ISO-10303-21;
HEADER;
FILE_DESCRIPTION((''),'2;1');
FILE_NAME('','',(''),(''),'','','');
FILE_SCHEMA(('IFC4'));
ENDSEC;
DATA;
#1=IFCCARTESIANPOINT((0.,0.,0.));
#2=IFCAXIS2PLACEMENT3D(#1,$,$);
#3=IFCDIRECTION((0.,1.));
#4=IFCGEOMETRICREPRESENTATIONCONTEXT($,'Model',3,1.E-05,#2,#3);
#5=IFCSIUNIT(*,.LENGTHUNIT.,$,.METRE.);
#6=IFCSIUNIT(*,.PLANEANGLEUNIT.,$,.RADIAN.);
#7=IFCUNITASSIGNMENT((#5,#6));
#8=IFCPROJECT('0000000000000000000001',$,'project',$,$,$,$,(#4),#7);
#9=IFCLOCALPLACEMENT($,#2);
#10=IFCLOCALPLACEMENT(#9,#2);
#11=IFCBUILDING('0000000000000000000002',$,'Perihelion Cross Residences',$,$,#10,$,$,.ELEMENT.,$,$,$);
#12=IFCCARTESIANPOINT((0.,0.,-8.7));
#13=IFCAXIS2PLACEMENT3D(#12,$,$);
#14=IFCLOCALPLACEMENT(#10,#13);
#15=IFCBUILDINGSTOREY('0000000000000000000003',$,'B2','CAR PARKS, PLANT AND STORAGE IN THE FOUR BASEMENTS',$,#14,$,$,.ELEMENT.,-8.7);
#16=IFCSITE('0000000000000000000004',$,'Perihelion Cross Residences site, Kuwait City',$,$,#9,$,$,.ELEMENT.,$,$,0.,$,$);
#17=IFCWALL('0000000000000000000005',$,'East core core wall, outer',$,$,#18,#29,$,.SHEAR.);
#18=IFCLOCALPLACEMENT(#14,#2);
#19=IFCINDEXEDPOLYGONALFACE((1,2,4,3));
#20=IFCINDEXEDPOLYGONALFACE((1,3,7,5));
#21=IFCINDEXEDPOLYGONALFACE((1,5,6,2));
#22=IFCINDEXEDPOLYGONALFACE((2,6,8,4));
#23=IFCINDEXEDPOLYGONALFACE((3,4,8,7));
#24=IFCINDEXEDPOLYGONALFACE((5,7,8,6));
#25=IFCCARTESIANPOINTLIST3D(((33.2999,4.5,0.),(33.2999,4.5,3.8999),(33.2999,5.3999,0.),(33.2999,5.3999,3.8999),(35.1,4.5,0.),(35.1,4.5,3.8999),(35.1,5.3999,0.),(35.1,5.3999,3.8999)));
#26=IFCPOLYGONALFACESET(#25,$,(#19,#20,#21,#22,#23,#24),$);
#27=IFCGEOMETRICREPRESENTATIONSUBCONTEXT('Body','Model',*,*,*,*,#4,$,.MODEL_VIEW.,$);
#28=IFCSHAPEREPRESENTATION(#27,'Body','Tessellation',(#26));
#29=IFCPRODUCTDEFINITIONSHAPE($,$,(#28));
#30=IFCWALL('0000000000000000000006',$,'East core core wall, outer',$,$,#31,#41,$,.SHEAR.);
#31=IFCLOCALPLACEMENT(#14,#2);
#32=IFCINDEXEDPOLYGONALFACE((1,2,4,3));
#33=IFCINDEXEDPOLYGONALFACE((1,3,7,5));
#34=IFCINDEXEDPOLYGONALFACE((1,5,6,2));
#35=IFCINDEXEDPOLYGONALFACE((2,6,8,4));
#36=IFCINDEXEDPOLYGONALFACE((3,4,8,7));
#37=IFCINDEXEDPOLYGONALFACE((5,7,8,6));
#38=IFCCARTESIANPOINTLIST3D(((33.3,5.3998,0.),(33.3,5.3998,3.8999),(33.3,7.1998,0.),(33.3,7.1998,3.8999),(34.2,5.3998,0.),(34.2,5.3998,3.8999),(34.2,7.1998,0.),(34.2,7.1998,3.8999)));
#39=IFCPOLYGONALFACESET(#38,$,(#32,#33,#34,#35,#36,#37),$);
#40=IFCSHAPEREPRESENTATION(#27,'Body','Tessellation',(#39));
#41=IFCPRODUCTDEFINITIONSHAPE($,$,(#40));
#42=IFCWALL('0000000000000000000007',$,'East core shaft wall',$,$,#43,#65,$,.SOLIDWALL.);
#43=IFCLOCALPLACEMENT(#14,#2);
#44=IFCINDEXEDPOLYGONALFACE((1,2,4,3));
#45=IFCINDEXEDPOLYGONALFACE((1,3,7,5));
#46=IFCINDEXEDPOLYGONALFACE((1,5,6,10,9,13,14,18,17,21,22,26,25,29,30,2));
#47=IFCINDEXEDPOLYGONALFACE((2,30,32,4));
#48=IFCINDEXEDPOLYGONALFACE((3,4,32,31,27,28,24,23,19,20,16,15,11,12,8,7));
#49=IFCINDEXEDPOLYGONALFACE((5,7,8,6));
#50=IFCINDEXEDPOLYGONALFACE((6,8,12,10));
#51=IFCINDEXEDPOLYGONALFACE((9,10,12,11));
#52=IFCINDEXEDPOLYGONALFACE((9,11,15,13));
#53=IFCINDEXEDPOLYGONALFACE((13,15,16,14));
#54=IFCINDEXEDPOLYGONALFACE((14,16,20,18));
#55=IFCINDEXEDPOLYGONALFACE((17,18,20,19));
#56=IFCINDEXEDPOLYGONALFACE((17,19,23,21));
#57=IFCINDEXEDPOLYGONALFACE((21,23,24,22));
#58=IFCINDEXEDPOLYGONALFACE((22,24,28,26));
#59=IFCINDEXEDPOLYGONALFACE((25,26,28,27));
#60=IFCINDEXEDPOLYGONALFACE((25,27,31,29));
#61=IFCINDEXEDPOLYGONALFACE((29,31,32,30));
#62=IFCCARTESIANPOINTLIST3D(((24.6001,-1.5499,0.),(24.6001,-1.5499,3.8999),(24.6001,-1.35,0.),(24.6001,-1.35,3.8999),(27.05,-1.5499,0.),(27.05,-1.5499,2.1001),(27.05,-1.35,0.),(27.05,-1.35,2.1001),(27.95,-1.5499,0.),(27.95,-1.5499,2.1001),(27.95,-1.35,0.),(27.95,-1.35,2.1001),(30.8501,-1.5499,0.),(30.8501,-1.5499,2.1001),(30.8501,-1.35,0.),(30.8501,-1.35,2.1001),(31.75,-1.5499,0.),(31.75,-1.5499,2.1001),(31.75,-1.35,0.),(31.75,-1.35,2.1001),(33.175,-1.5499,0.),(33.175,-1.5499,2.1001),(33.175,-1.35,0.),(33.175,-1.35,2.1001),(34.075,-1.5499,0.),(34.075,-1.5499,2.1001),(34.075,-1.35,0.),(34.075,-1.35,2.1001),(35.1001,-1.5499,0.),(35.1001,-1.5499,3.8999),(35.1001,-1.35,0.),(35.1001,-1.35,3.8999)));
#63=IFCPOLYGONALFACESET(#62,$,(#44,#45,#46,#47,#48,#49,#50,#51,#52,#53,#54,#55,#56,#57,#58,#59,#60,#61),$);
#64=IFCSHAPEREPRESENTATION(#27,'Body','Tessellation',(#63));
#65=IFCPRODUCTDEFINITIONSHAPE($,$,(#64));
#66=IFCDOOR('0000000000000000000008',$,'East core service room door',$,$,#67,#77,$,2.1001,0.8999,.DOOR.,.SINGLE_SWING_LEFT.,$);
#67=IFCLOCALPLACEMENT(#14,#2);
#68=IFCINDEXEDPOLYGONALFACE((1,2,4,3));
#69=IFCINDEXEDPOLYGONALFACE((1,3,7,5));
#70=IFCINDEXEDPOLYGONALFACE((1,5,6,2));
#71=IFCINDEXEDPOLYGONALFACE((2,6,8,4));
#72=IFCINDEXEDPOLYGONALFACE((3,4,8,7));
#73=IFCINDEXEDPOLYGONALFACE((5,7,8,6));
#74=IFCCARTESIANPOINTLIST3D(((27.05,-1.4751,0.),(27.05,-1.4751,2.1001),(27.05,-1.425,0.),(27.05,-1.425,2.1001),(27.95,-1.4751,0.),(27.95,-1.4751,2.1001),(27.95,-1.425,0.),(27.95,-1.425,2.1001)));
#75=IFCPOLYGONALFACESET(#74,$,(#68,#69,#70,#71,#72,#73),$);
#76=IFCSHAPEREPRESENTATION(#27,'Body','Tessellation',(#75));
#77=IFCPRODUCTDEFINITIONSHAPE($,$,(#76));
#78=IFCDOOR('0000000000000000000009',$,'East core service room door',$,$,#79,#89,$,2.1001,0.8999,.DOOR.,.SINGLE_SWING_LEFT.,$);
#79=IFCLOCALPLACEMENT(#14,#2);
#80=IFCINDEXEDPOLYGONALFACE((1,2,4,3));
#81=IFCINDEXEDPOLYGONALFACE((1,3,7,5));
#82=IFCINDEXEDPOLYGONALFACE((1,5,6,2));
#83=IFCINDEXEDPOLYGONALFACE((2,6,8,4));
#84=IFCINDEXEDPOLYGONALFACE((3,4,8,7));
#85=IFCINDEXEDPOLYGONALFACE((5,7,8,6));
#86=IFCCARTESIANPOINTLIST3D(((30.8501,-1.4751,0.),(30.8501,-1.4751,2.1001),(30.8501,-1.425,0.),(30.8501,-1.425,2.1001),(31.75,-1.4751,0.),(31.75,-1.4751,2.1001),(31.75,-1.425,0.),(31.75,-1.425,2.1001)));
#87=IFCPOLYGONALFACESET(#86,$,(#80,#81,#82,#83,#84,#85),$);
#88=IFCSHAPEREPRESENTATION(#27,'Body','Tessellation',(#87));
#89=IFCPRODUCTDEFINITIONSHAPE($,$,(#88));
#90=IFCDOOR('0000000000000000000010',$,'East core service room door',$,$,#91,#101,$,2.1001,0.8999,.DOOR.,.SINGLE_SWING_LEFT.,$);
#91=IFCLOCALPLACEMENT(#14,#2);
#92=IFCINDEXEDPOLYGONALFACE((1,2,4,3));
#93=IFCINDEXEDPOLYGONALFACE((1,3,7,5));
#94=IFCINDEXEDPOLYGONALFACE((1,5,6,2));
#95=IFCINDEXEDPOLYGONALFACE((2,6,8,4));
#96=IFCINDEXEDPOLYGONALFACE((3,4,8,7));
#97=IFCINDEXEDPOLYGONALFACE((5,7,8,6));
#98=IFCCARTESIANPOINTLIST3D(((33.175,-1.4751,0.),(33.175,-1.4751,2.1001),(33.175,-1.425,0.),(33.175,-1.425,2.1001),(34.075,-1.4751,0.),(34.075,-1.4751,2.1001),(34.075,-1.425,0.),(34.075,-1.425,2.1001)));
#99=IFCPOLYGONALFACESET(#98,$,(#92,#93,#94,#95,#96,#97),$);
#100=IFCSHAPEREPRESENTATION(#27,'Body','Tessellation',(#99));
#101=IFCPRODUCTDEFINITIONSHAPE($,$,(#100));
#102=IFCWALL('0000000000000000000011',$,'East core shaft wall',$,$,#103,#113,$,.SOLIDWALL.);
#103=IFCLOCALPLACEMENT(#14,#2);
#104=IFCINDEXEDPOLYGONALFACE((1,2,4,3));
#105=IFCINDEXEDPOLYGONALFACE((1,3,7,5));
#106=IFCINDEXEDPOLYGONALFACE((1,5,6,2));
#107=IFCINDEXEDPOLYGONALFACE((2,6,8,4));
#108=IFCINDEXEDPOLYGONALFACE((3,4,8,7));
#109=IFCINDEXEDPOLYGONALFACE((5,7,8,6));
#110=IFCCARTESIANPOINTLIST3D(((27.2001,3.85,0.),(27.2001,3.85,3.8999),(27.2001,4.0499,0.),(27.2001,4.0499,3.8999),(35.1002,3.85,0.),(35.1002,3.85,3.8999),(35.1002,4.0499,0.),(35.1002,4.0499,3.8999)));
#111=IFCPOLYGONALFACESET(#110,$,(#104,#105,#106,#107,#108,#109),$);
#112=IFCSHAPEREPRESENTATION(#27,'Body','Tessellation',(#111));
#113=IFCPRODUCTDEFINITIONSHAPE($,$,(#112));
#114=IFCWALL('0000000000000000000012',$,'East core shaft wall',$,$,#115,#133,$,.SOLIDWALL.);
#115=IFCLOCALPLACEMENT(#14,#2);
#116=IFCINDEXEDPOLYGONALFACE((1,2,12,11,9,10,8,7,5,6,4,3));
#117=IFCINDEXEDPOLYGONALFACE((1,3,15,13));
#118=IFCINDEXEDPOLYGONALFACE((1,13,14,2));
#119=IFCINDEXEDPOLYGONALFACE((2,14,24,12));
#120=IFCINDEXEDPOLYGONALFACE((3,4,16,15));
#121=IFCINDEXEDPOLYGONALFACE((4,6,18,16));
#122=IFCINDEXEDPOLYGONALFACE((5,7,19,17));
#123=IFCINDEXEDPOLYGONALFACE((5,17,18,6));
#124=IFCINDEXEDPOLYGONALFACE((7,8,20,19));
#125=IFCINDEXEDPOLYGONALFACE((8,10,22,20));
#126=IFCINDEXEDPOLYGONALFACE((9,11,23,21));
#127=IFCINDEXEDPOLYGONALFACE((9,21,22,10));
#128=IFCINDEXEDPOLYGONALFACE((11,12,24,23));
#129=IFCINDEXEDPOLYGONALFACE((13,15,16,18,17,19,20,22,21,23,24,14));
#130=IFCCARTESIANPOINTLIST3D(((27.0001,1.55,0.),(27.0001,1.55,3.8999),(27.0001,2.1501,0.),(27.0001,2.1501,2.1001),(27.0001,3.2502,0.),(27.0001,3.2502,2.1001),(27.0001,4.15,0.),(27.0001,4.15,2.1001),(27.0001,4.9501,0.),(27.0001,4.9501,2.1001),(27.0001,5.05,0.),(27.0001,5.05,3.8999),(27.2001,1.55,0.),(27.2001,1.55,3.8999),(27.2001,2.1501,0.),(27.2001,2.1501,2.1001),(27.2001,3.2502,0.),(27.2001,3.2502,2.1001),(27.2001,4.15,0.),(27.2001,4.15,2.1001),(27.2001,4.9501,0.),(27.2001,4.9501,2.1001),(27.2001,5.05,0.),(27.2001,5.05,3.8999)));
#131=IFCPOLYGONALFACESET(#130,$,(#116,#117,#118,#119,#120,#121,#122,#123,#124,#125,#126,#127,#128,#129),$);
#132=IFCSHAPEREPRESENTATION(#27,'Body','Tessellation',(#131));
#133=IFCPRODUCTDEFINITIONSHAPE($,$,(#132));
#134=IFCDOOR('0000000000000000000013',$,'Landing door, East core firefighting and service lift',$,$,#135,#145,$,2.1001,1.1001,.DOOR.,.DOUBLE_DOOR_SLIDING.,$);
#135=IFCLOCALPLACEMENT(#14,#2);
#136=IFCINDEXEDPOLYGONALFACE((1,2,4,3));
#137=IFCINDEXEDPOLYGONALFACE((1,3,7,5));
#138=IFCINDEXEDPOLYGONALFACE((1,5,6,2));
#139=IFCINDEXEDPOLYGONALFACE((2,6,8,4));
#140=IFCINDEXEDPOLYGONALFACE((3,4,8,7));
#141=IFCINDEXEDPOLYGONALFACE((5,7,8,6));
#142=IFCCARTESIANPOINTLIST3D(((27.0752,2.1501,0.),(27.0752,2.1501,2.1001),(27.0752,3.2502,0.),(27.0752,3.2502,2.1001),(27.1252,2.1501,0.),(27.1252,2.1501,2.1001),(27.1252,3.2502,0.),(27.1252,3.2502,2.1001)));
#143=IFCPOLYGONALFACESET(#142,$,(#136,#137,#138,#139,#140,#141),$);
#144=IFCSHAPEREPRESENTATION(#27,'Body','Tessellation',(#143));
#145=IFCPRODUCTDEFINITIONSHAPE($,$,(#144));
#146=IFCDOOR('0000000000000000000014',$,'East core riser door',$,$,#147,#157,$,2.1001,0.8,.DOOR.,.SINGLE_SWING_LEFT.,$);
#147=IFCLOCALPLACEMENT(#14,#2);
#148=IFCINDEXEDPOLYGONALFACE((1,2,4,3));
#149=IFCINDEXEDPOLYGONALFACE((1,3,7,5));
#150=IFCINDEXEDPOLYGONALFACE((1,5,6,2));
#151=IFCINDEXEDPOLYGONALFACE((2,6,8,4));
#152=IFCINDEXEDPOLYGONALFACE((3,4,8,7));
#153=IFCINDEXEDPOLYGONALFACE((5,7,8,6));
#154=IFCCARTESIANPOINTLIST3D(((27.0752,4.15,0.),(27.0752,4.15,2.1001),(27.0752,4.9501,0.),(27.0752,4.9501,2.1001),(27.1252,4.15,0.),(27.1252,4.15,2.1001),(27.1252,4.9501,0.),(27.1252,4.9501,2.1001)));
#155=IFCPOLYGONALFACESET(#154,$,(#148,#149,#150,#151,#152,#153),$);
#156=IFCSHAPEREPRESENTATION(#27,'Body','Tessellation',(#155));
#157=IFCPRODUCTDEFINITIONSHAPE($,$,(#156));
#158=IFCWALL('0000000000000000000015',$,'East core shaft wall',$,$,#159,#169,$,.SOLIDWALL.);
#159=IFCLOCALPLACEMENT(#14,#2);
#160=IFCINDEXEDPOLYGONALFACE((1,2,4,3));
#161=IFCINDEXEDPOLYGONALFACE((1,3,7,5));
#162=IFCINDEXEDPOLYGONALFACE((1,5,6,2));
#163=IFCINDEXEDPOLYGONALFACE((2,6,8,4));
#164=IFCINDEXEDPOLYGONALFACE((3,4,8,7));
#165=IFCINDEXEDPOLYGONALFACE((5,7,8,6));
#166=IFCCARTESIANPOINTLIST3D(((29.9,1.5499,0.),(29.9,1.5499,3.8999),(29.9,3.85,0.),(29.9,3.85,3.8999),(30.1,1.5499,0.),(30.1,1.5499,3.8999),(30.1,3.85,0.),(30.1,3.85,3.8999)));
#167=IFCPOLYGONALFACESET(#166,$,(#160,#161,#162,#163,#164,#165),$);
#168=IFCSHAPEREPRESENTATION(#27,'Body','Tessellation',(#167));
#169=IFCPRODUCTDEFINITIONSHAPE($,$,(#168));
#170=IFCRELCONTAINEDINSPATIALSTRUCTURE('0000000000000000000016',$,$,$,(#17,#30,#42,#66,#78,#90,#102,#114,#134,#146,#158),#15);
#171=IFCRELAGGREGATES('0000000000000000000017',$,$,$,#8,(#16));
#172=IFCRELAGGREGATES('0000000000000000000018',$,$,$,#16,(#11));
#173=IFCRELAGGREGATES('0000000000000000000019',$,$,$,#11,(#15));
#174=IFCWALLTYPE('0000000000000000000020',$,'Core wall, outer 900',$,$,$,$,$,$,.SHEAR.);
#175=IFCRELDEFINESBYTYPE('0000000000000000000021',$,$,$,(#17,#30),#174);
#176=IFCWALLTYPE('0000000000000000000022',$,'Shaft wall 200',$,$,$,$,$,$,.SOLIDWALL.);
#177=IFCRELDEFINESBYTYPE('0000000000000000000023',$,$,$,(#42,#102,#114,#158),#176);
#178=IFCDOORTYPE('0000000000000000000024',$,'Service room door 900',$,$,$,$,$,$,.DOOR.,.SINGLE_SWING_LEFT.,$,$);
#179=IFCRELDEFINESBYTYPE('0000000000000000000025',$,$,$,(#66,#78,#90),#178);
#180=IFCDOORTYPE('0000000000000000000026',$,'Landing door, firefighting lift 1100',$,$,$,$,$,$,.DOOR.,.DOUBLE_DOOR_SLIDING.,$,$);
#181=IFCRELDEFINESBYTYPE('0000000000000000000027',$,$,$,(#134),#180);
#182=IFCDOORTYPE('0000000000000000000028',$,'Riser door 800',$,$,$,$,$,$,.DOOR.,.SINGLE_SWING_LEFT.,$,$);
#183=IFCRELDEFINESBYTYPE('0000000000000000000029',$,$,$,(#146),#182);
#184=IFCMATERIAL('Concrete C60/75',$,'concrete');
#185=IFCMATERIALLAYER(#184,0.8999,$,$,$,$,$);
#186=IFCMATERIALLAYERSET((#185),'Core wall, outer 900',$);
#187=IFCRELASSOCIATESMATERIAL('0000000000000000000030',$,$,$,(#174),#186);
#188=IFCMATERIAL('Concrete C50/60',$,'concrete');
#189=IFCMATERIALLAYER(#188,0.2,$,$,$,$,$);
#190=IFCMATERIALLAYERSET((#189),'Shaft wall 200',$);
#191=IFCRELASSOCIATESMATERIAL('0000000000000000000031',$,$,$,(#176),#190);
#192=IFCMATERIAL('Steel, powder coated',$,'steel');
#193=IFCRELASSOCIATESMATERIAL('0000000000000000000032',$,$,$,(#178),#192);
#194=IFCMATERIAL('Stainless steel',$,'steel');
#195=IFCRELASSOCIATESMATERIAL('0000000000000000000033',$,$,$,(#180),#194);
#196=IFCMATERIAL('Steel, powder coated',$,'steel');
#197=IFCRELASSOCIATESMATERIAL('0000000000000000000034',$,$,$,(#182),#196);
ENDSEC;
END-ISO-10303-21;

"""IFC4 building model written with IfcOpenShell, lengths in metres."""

from ifc_helpers import new_model, si_unit, direction, frame, frame_2d, origin, place, context, subcontext, project, spatial, rectangle, extrude, material, layer, layer_set, type_object, element, fill, save


model = new_model("IFC4")

# Units and contexts
model_context = context("Model", 3, precision=1e-05, world=origin(), true_north=direction((0.0, 1.0)))
body_context = subcontext(model_context, "Body", "Model", "MODEL_VIEW")
ifc_project = project(units=[si_unit("LENGTHUNIT", "METRE"), si_unit("PLANEANGLEUNIT", "RADIAN")], contexts=[model_context])

# Site, building, storey
site_placement = place(None, origin())
site = spatial("IfcSite", under=ifc_project, at=site_placement, Name="Perihelion Cross Residences site, Kuwait City", CompositionType="ELEMENT", RefElevation=0.0)
building_placement = place(site_placement, origin())
building = spatial("IfcBuilding", under=site, at=building_placement, Name="Perihelion Cross Residences", CompositionType="ELEMENT")
storey_placement = place(building_placement, frame((0.0, 0.0, -8.7)))
storey = spatial("IfcBuildingStorey", under=building, at=storey_placement, Name="B2", Description="CAR PARKS, PLANT AND STORAGE IN THE FOUR BASEMENTS", CompositionType="ELEMENT", Elevation=-8.7)

# Walls
ifc_material_1 = material(Name="Concrete C60/75", Category="concrete")
ifc_layer_1 = layer(ifc_material_1, 0.8999)
ifc_layer_set_1 = layer_set([ifc_layer_1], Name="Core wall, outer 900")
wall_type_1 = type_object("IfcWallType", Name="Core wall, outer 900", PredefinedType="SHEAR", material=ifc_layer_set_1)
for number, where, z_axis, x_axis, name in (
    (1, (33.3, 4.95, 0.0), (0.0, 0.0, 1.0), (1.0, 0.0, 0.0), "East core core wall, outer"),
    (2, (33.75, 5.3999, 0.0), (0.0, 0.0, 1.0), (0.0, 1.0, 0.0), "East core core wall, outer"),
):
    element("IfcWall", number, at=place(storey_placement, frame(where, z_axis=z_axis, x_axis=x_axis)), inside=storey, type_object=wall_type_1, Name=name, PredefinedType="SHEAR", context=body_context, shape_type="SweptSolid", body=[
        extrude(rectangle(XDim=1.8, YDim=0.8999, at=frame_2d((0.8999, 0.0))), origin(), (0.0, 0.0, 1.0), 3.8999),
    ])

# Wall, openings, doors
ifc_material_2 = material(Name="Concrete C50/60", Category="concrete")
ifc_layer_2 = layer(ifc_material_2, 0.2)
ifc_layer_set_2 = layer_set([ifc_layer_2], Name="Shaft wall 200")
wall_type_2 = type_object("IfcWallType", Name="Shaft wall 200", PredefinedType="SOLIDWALL", material=ifc_layer_set_2)
wall_1_placement = place(storey_placement, frame((24.6001, -1.45, 0.0), z_axis=(0.0, 0.0, 1.0), x_axis=(1.0, 0.0, 0.0)))
wall_1 = element("IfcWall", 3, at=wall_1_placement, inside=storey, type_object=wall_type_2, Name="East core shaft wall", PredefinedType="SOLIDWALL", context=body_context, shape_type="SweptSolid", body=[
    extrude(rectangle(XDim=10.5, YDim=0.2, at=frame_2d((5.25, 0.0))), origin(), (0.0, 0.0, 1.0), 3.8999),
])
opening_1_placement = place(wall_1_placement, frame((2.45, 0.0, 0.0)))
opening_1 = element("IfcOpeningElement", 4, at=opening_1_placement, cuts=wall_1, PredefinedType="OPENING", context=body_context, shape_type="SweptSolid", body=[
    extrude(rectangle(XDim=0.8999, YDim=2.1001, at=frame_2d((0.45, 1.05))), frame((0.0, 0.1099, 0.0), z_axis=(0.0, -1.0, 0.0), x_axis=(1.0, 0.0, 0.0)), (0.0, 0.0, 1.0), 0.22),
])
opening_2_placement = place(wall_1_placement, frame((6.25, 0.0, 0.0)))
opening_2 = element("IfcOpeningElement", 5, at=opening_2_placement, cuts=wall_1, PredefinedType="OPENING", context=body_context, shape_type="SweptSolid", body=[
    extrude(rectangle(XDim=0.8999, YDim=2.1001, at=frame_2d((0.45, 1.05))), frame((0.0, 0.1099, 0.0), z_axis=(0.0, -1.0, 0.0), x_axis=(1.0, 0.0, 0.0)), (0.0, 0.0, 1.0), 0.22),
])
opening_3_placement = place(wall_1_placement, frame((8.575, 0.0, 0.0)))
opening_3 = element("IfcOpeningElement", 6, at=opening_3_placement, cuts=wall_1, PredefinedType="OPENING", context=body_context, shape_type="SweptSolid", body=[
    extrude(rectangle(XDim=0.8999, YDim=2.1001, at=frame_2d((0.45, 1.05))), frame((0.0, 0.1099, 0.0), z_axis=(0.0, -1.0, 0.0), x_axis=(1.0, 0.0, 0.0)), (0.0, 0.0, 1.0), 0.22),
])
ifc_material_3 = material(Name="Steel, powder coated", Category="steel")
door_type_1 = type_object("IfcDoorType", Name="Service room door 900", OperationType="SINGLE_SWING_LEFT", PredefinedType="DOOR", material=ifc_material_3)
door_1_placement = place(opening_1_placement, origin())
door_1 = element("IfcDoor", 7, at=door_1_placement, inside=storey, type_object=door_type_1, Name="East core service room door", OperationType="SINGLE_SWING_LEFT", OverallHeight=2.1001, OverallWidth=0.8999, PredefinedType="DOOR", context=body_context, shape_type="SweptSolid", body=[
    extrude(rectangle(XDim=0.8999, YDim=2.1001, at=frame_2d((0.45, 1.05))), frame((0.0, 0.0249, 0.0), z_axis=(0.0, -1.0, 0.0), x_axis=(1.0, 0.0, 0.0)), (0.0, 0.0, 1.0), 0.05),
])
fill(opening_1, door_1)
door_2_placement = place(opening_2_placement, origin())
door_2 = element("IfcDoor", 8, at=door_2_placement, inside=storey, type_object=door_type_1, Name="East core service room door", OperationType="SINGLE_SWING_LEFT", OverallHeight=2.1001, OverallWidth=0.8999, PredefinedType="DOOR", context=body_context, shape_type="SweptSolid", body=[
    extrude(rectangle(XDim=0.8999, YDim=2.1001, at=frame_2d((0.45, 1.05))), frame((0.0, 0.0249, 0.0), z_axis=(0.0, -1.0, 0.0), x_axis=(1.0, 0.0, 0.0)), (0.0, 0.0, 1.0), 0.05),
])
fill(opening_2, door_2)
door_3_placement = place(opening_3_placement, origin())
door_3 = element("IfcDoor", 9, at=door_3_placement, inside=storey, type_object=door_type_1, Name="East core service room door", OperationType="SINGLE_SWING_LEFT", OverallHeight=2.1001, OverallWidth=0.8999, PredefinedType="DOOR", context=body_context, shape_type="SweptSolid", body=[
    extrude(rectangle(XDim=0.8999, YDim=2.1001, at=frame_2d((0.45, 1.05))), frame((0.0, 0.0249, 0.0), z_axis=(0.0, -1.0, 0.0), x_axis=(1.0, 0.0, 0.0)), (0.0, 0.0, 1.0), 0.05),
])
fill(opening_3, door_3)

# Wall
wall_2_placement = place(storey_placement, frame((27.2, 3.95, 0.0), z_axis=(0.0, 0.0, 1.0), x_axis=(1.0, 0.0, 0.0)))
element("IfcWall", 10, at=wall_2_placement, inside=storey, type_object=wall_type_2, Name="East core shaft wall", PredefinedType="SOLIDWALL", context=body_context, shape_type="SweptSolid", body=[
    extrude(rectangle(XDim=7.9001, YDim=0.2, at=frame_2d((3.9502, 0.0))), origin(), (0.0, 0.0, 1.0), 3.8999),
])

# Wall, openings, doors
wall_3_placement = place(storey_placement, frame((27.1001, 1.55, 0.0), z_axis=(0.0, 0.0, 1.0), x_axis=(0.0, 1.0, 0.0)))
wall_3 = element("IfcWall", 11, at=wall_3_placement, inside=storey, type_object=wall_type_2, Name="East core shaft wall", PredefinedType="SOLIDWALL", context=body_context, shape_type="SweptSolid", body=[
    extrude(rectangle(XDim=3.5, YDim=0.2, at=frame_2d((1.75, 0.0))), origin(), (0.0, 0.0, 1.0), 3.8999),
])
opening_4_placement = place(wall_3_placement, frame((0.6001, 0.0, 0.0)))
opening_4 = element("IfcOpeningElement", 12, at=opening_4_placement, cuts=wall_3, PredefinedType="OPENING", context=body_context, shape_type="SweptSolid", body=[
    extrude(rectangle(XDim=1.1001, YDim=2.1001, at=frame_2d((0.55, 1.05))), frame((0.0, 0.1099, 0.0), z_axis=(0.0, -1.0, 0.0), x_axis=(1.0, 0.0, 0.0)), (0.0, 0.0, 1.0), 0.22),
])
opening_5_placement = place(wall_3_placement, frame((2.6001, 0.0, 0.0)))
opening_5 = element("IfcOpeningElement", 13, at=opening_5_placement, cuts=wall_3, PredefinedType="OPENING", context=body_context, shape_type="SweptSolid", body=[
    extrude(rectangle(XDim=0.8, YDim=2.1001, at=frame_2d((0.3999, 1.05))), frame((0.0, 0.1099, 0.0), z_axis=(0.0, -1.0, 0.0), x_axis=(1.0, 0.0, 0.0)), (0.0, 0.0, 1.0), 0.22),
])
ifc_material_4 = material(Name="Stainless steel", Category="steel")
door_type_2 = type_object("IfcDoorType", Name="Landing door, firefighting lift 1100", OperationType="DOUBLE_DOOR_SLIDING", PredefinedType="DOOR", material=ifc_material_4)
door_4_placement = place(opening_4_placement, origin())
door_4 = element("IfcDoor", 14, at=door_4_placement, inside=storey, type_object=door_type_2, Name="Landing door, East core firefighting and service lift", OperationType="DOUBLE_DOOR_SLIDING", OverallHeight=2.1001, OverallWidth=1.1001, PredefinedType="DOOR", context=body_context, shape_type="SweptSolid", body=[
    extrude(rectangle(XDim=1.1001, YDim=2.1001, at=frame_2d((0.55, 1.05))), frame((0.0, 0.0249, 0.0), z_axis=(0.0, -1.0, 0.0), x_axis=(1.0, 0.0, 0.0)), (0.0, 0.0, 1.0), 0.05),
])
fill(opening_4, door_4)
ifc_material_5 = material(Name="Steel, powder coated", Category="steel")
door_type_3 = type_object("IfcDoorType", Name="Riser door 800", OperationType="SINGLE_SWING_LEFT", PredefinedType="DOOR", material=ifc_material_5)
door_5_placement = place(opening_5_placement, origin())
door_5 = element("IfcDoor", 15, at=door_5_placement, inside=storey, type_object=door_type_3, Name="East core riser door", OperationType="SINGLE_SWING_LEFT", OverallHeight=2.1001, OverallWidth=0.8, PredefinedType="DOOR", context=body_context, shape_type="SweptSolid", body=[
    extrude(rectangle(XDim=0.8, YDim=2.1001, at=frame_2d((0.3999, 1.05))), frame((0.0, 0.0249, 0.0), z_axis=(0.0, -1.0, 0.0), x_axis=(1.0, 0.0, 0.0)), (0.0, 0.0, 1.0), 0.05),
])
fill(opening_5, door_5)

# Wall
for number, where, z_axis, x_axis, name in (
    (16, (30.0, 1.55, 0.0), (0.0, 0.0, 1.0), (0.0, 1.0, 0.0), "East core shaft wall"),
):
    element("IfcWall", number, at=place(storey_placement, frame(where, z_axis=z_axis, x_axis=x_axis)), inside=storey, type_object=wall_type_2, Name=name, PredefinedType="SOLIDWALL", context=body_context, shape_type="SweptSolid", body=[
        extrude(rectangle(XDim=2.3, YDim=0.2, at=frame_2d((1.1499, 0.0))), origin(), (0.0, 0.0, 1.0), 3.8999),
    ])

save(model, "model.ifc")
